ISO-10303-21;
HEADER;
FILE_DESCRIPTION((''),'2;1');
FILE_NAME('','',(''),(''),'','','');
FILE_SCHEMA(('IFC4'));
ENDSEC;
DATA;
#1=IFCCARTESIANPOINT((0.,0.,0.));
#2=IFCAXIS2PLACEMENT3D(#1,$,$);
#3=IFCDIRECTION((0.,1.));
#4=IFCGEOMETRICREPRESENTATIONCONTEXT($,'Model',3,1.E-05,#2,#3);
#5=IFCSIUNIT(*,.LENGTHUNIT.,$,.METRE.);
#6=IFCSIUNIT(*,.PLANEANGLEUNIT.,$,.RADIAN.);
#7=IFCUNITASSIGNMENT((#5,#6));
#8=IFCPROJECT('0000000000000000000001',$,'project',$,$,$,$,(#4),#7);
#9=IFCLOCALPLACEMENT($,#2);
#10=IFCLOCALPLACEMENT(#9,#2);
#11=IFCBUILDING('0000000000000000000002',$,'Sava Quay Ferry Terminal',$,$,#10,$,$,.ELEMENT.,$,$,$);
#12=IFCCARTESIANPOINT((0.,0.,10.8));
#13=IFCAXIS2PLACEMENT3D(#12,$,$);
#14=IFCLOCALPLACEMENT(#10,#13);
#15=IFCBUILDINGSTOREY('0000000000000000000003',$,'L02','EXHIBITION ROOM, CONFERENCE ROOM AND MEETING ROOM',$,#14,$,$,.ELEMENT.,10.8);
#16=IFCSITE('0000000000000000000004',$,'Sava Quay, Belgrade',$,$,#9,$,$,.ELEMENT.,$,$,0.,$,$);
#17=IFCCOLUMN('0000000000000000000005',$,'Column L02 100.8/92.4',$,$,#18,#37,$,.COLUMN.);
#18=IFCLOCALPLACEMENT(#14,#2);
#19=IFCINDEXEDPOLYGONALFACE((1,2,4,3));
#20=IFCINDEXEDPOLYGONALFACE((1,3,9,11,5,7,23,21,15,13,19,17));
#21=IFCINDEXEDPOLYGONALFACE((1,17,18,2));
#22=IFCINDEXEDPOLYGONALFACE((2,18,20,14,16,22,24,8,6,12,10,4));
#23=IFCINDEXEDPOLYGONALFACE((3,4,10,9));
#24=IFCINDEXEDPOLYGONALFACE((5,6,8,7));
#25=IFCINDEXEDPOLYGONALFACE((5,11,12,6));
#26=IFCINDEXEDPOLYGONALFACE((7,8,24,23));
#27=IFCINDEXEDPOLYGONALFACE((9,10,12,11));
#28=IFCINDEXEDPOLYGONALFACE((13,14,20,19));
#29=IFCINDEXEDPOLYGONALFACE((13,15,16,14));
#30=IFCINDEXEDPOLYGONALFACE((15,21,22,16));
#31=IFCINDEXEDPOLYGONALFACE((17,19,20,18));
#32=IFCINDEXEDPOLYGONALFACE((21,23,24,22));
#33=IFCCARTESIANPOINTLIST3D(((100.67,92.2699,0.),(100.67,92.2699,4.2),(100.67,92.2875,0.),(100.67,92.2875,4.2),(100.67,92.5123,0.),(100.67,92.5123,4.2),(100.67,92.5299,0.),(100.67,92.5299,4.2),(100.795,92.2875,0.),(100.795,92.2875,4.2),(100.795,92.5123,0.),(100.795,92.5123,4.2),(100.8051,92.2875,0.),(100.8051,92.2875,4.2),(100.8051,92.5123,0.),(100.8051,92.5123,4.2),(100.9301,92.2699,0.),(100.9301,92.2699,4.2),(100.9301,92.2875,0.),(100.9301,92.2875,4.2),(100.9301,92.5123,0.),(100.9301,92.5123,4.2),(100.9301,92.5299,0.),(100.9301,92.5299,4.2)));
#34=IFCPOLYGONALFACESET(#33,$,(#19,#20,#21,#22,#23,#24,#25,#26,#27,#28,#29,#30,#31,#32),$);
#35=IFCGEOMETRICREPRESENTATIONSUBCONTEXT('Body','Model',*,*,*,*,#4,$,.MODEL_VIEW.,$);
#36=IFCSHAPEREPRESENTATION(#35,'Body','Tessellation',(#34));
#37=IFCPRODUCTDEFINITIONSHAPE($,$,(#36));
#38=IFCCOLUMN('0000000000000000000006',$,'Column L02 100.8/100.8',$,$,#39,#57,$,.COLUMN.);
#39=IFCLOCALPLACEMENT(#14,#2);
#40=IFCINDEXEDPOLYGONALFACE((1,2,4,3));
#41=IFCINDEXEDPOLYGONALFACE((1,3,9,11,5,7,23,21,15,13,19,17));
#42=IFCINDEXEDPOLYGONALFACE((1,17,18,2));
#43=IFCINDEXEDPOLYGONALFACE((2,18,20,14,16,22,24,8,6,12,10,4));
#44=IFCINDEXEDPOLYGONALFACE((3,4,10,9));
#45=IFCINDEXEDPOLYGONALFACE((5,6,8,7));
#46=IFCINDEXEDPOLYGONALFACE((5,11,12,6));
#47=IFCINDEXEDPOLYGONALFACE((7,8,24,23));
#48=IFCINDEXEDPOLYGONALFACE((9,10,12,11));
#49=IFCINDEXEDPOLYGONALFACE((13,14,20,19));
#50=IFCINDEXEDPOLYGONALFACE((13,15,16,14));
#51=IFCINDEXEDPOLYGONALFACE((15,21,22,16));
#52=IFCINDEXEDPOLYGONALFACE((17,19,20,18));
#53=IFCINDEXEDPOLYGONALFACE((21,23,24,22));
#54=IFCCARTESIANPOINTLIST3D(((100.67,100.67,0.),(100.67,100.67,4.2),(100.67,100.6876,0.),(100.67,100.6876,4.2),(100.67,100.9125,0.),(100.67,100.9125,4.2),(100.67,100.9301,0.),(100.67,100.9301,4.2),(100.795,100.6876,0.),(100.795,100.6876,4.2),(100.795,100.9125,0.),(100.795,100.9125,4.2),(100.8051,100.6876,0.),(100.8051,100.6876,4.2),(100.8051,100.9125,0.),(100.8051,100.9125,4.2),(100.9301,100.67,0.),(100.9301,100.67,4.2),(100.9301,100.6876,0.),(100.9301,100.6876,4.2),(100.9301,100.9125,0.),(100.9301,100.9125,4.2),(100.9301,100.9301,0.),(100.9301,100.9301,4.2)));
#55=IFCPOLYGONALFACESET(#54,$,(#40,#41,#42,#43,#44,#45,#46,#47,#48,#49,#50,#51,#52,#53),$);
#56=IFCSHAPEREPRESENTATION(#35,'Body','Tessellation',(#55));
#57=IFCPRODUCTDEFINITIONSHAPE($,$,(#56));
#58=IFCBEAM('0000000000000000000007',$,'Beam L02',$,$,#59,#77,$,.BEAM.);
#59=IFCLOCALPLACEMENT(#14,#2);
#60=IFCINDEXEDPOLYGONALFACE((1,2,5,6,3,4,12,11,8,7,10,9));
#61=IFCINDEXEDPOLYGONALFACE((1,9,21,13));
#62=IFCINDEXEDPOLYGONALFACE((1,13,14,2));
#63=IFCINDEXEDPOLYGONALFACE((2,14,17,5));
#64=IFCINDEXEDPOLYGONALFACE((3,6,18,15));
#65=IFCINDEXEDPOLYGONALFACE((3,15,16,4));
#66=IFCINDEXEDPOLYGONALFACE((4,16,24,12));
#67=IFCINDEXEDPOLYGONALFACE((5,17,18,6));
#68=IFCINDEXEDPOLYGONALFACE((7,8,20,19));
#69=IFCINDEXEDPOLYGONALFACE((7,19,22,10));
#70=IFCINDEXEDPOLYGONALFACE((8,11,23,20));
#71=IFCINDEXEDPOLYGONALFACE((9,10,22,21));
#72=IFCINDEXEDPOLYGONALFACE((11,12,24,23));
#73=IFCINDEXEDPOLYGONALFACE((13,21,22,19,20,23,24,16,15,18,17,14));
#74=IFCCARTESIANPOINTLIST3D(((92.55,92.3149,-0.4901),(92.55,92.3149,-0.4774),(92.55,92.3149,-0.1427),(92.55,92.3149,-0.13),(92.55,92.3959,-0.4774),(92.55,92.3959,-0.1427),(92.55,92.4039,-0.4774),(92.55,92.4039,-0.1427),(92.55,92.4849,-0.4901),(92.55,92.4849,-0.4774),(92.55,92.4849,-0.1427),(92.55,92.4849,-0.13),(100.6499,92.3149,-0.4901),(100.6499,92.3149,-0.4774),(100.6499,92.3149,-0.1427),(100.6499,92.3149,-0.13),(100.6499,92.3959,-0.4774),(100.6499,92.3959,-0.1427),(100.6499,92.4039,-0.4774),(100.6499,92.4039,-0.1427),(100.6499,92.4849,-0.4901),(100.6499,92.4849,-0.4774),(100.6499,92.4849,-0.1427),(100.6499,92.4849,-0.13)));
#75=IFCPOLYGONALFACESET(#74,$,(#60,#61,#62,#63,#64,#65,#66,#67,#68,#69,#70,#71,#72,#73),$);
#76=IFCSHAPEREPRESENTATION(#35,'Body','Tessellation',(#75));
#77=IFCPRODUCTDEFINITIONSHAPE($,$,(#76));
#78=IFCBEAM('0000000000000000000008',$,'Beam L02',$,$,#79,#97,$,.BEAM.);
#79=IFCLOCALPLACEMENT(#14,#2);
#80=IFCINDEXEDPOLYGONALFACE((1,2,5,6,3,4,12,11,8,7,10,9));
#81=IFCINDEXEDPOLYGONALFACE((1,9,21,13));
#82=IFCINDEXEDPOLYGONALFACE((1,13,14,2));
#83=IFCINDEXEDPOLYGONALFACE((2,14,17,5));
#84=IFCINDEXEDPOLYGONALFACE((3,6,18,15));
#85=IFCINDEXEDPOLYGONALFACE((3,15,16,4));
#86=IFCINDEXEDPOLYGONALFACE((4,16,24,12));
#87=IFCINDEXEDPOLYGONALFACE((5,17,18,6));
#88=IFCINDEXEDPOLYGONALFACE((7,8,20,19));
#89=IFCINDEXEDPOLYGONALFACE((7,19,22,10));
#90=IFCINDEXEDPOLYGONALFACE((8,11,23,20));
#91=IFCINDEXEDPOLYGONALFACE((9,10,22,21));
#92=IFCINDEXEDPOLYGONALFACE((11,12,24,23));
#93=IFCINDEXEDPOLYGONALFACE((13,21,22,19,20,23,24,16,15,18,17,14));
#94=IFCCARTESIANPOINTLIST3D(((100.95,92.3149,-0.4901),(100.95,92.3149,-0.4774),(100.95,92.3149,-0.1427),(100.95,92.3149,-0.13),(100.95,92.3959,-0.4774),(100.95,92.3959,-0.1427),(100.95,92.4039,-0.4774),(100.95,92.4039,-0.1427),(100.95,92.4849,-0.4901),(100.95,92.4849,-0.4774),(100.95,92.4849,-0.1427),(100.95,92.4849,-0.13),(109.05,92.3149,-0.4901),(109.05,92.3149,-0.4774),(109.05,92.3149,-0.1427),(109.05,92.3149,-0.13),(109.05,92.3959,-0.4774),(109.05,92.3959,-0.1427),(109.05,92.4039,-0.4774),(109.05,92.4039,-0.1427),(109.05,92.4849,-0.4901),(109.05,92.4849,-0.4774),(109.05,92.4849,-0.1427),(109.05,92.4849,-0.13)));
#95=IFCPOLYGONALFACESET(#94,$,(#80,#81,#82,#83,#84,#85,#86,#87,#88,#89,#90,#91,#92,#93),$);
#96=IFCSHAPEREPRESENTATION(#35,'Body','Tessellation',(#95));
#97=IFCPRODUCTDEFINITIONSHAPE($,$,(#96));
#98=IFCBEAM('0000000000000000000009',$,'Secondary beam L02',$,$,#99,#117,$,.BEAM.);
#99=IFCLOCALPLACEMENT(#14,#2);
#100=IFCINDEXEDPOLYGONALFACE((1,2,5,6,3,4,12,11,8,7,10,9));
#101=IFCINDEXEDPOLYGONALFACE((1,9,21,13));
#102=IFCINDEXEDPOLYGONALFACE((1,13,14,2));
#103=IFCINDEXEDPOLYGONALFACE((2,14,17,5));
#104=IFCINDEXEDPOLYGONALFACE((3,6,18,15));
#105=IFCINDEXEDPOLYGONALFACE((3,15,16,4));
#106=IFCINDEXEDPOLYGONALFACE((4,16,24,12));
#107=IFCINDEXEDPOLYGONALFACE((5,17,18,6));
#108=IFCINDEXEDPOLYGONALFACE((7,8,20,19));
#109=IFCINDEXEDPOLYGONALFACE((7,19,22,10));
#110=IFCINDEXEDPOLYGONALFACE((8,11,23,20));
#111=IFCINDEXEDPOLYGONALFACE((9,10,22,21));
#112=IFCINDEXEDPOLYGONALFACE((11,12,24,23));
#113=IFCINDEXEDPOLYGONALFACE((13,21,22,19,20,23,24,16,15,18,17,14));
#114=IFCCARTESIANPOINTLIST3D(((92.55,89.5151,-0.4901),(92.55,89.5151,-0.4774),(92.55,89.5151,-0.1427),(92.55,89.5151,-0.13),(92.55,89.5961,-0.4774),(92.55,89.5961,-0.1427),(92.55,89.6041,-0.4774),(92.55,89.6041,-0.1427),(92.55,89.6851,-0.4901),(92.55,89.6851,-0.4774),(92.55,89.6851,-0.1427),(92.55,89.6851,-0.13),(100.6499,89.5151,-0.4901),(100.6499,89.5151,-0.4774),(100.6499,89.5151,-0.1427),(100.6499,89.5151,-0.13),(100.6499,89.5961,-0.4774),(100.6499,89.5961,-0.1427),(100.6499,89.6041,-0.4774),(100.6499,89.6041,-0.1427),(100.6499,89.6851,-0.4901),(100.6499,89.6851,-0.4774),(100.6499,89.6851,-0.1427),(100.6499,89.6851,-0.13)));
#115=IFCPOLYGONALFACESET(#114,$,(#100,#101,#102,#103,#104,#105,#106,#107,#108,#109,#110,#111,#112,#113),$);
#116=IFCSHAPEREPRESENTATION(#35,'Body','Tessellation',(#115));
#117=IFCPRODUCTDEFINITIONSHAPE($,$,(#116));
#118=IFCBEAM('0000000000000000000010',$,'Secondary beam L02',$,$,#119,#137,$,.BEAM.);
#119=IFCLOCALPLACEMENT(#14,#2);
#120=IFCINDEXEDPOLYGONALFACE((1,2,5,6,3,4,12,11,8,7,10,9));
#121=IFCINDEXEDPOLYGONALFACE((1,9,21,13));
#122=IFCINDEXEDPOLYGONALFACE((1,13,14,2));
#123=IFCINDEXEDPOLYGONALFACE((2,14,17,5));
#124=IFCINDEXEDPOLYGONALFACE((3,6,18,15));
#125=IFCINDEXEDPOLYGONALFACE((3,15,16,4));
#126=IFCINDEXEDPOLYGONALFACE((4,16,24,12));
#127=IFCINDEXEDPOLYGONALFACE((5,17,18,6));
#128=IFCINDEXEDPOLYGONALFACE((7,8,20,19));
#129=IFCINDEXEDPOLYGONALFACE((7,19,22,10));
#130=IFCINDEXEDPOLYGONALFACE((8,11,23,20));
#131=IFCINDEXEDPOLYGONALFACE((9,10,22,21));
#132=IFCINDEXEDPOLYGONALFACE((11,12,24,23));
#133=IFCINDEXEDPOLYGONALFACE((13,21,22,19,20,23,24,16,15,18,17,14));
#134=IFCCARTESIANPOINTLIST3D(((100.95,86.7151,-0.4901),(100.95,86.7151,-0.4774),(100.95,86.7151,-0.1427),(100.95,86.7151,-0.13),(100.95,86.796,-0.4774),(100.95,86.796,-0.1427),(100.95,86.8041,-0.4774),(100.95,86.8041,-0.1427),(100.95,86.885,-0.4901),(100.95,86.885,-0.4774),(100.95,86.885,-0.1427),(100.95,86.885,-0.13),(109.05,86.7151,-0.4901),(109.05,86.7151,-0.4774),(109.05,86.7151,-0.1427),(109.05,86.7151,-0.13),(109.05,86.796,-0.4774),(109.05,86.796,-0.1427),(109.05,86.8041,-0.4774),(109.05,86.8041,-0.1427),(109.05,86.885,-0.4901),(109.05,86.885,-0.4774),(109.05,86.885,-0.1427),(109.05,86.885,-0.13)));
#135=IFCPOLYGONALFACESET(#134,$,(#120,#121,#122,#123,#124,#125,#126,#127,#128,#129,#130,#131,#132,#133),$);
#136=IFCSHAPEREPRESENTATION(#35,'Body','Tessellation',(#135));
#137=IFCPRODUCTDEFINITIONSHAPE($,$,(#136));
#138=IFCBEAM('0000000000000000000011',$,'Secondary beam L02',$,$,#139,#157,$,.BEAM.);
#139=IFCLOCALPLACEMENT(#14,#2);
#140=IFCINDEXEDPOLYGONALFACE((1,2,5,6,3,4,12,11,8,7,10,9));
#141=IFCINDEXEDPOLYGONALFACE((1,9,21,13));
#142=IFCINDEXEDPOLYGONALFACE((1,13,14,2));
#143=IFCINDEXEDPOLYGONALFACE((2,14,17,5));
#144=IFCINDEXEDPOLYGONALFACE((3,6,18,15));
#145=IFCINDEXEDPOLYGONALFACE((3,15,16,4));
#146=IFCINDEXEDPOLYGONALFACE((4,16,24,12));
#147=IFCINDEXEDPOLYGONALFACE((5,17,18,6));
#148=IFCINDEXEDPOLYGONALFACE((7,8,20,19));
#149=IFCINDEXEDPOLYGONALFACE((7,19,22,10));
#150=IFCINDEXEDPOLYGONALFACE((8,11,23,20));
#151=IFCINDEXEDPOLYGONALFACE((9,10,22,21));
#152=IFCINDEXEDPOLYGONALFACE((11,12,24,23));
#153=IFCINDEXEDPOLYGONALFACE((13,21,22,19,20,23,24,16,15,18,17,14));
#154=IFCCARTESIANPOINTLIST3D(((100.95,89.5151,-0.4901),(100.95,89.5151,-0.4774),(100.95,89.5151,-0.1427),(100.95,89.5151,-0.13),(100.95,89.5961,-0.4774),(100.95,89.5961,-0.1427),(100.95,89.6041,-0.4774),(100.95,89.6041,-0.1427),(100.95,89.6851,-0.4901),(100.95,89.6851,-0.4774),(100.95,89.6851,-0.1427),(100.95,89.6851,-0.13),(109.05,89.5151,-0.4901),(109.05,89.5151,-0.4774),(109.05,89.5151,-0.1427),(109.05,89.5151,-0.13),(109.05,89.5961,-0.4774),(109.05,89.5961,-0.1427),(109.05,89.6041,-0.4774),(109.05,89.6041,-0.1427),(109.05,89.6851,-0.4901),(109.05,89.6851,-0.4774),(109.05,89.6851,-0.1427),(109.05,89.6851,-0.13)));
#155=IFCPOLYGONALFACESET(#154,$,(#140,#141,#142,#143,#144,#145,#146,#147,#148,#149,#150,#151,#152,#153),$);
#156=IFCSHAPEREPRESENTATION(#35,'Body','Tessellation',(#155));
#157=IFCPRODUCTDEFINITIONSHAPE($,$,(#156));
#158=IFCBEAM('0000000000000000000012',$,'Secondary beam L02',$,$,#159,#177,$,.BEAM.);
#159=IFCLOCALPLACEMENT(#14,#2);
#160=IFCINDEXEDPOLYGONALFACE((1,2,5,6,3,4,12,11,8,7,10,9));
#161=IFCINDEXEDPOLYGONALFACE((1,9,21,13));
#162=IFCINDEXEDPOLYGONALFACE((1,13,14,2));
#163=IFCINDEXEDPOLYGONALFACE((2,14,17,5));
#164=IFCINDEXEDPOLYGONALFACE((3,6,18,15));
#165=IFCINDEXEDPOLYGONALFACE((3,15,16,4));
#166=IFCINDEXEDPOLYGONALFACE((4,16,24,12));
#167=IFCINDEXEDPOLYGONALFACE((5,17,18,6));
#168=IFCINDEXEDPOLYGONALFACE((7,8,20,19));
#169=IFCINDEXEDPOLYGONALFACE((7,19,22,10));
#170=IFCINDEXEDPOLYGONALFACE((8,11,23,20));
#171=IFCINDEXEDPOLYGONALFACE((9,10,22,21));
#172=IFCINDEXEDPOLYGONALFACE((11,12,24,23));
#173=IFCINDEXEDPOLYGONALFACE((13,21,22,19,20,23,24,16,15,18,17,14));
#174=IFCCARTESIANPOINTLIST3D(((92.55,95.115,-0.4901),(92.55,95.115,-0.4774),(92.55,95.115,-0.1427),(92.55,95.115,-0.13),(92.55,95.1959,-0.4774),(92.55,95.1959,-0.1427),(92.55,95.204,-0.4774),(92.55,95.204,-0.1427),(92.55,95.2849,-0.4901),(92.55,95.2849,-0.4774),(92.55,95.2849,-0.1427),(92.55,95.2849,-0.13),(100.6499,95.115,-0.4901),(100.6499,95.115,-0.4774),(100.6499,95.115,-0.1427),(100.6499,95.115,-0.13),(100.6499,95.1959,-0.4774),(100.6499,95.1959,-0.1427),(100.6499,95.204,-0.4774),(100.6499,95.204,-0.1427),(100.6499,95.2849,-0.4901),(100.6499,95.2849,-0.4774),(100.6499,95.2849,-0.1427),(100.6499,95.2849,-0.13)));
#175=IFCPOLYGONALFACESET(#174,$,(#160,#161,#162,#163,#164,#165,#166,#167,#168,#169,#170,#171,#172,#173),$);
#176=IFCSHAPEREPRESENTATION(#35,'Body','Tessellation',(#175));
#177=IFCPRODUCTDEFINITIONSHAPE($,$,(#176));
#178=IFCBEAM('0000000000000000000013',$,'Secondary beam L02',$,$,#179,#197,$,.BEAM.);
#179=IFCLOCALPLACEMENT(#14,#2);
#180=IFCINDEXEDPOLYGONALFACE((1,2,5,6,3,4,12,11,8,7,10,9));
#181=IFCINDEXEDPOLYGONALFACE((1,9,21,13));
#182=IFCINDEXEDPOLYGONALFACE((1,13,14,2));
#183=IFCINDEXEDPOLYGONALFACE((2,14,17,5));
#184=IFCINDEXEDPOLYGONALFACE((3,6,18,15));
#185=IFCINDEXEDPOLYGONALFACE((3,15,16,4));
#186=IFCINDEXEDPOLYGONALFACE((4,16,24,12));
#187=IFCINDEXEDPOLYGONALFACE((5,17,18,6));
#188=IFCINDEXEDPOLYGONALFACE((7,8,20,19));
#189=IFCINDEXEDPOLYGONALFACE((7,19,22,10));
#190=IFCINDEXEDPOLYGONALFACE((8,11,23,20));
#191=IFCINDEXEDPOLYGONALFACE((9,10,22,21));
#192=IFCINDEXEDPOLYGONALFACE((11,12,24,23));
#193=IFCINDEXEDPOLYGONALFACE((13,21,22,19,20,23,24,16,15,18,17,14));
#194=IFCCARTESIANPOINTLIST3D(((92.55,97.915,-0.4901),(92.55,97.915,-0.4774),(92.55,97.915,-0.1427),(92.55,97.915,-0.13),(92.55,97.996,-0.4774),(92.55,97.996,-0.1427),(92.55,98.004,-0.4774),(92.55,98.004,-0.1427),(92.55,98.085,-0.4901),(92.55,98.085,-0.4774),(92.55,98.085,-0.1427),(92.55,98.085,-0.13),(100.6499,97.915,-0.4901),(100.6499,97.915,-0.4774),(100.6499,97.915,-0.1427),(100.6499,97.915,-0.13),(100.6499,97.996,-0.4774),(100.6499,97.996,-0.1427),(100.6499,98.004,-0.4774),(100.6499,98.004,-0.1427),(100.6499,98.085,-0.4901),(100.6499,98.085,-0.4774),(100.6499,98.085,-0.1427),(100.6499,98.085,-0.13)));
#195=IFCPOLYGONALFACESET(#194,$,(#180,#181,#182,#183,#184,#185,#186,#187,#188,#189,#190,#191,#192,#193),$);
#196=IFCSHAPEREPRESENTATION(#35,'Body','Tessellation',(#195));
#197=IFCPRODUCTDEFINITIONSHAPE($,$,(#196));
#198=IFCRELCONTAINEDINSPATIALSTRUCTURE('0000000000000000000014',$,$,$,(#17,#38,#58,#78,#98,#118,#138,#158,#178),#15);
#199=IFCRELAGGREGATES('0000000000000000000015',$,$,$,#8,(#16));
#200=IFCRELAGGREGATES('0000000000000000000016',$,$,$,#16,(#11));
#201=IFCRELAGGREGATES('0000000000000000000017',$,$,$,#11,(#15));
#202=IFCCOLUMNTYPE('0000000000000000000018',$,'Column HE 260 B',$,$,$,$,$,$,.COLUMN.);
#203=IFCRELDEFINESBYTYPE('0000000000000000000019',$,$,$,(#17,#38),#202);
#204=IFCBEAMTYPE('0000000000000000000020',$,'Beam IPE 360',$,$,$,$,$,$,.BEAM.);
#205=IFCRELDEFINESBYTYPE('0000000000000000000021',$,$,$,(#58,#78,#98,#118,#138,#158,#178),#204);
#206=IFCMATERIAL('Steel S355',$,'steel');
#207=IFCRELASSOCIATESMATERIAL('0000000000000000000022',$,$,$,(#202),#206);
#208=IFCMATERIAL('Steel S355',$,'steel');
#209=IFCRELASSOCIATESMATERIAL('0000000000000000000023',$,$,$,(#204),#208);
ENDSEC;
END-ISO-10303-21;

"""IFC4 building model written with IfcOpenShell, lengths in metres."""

from ifc_helpers import new_model, si_unit, direction, frame, origin, origin_2d, place, context, subcontext, project, spatial, i_section, extrude, material, material_profile, profile_set, type_object, element, save


model = new_model("IFC4")

# Units and contexts
model_context = context("Model", 3, precision=1e-05, world=origin(), true_north=direction((0.0, 1.0)))
body_context = subcontext(model_context, "Body", "Model", "MODEL_VIEW")
ifc_project = project(units=[si_unit("LENGTHUNIT", "METRE"), si_unit("PLANEANGLEUNIT", "RADIAN")], contexts=[model_context])

# Site, building, storey
site_placement = place(None, origin())
site = spatial("IfcSite", under=ifc_project, at=site_placement, Name="Sava Quay, Belgrade", CompositionType="ELEMENT", RefElevation=0.0)
building_placement = place(site_placement, origin())
building = spatial("IfcBuilding", under=site, at=building_placement, Name="Sava Quay Ferry Terminal", CompositionType="ELEMENT")
storey_placement = place(building_placement, frame((0.0, 0.0, 10.8)))
storey = spatial("IfcBuildingStorey", under=building, at=storey_placement, Name="L02", Description="EXHIBITION ROOM, CONFERENCE ROOM AND MEETING ROOM", CompositionType="ELEMENT", Elevation=10.8)

# Columns
ifc_material_1 = material(Name="Steel S355", Category="steel")
ifc_material_profile_1 = material_profile(ifc_material_1, i_section(OverallWidth=0.26, OverallDepth=0.26, WebThickness=0.01, FlangeThickness=0.0176, at=origin_2d()), Name="HE 260 B")
ifc_profile_set_1 = profile_set([ifc_material_profile_1], Name="Steel S355")
column_type = type_object("IfcColumnType", Name="Column HE 260 B", PredefinedType="COLUMN", material=ifc_profile_set_1)
for number, where, z_axis, x_axis, name in (
    (1, (100.8, 92.3999, 0.0), (0.0, 0.0, 1.0), (1.0, 0.0, 0.0), "Column L02 100.8/92.4"),
    (2, (100.8, 100.8, 0.0), (0.0, 0.0, 1.0), (1.0, 0.0, 0.0), "Column L02 100.8/100.8"),
):
    element("IfcColumn", number, at=place(storey_placement, frame(where, z_axis=z_axis, x_axis=x_axis)), inside=storey, type_object=column_type, Name=name, PredefinedType="COLUMN", context=body_context, shape_type="SweptSolid", body=[
        extrude(i_section(OverallWidth=0.26, OverallDepth=0.26, WebThickness=0.01, FlangeThickness=0.0176, at=origin_2d()), origin(), (0.0, 0.0, 1.0), 4.2),
    ])

# Beams
ifc_material_2 = material(Name="Steel S355", Category="steel")
ifc_material_profile_2 = material_profile(ifc_material_2, i_section(OverallWidth=0.1699, OverallDepth=0.3601, WebThickness=0.0081, FlangeThickness=0.0127, at=origin_2d()), Name="IPE 360")
ifc_profile_set_2 = profile_set([ifc_material_profile_2], Name="Steel S355")
beam_type_1 = type_object("IfcBeamType", Name="Beam IPE 360", PredefinedType="BEAM", material=ifc_profile_set_2)
beam_1_placement = place(storey_placement, frame((92.55, 92.3999, -0.3101), z_axis=(1.0, 0.0, 0.0), x_axis=(0.0, 1.0, 0.0)))
element("IfcBeam", 3, at=beam_1_placement, inside=storey, type_object=beam_type_1, Name="Beam L02", PredefinedType="BEAM", context=body_context, shape_type="SweptSolid", body=[
    extrude(i_section(OverallWidth=0.1699, OverallDepth=0.3601, WebThickness=0.0081, FlangeThickness=0.0127, at=origin_2d()), origin(), (0.0, 0.0, 1.0), 8.0999),
])
beam_2_placement = place(storey_placement, frame((100.95, 92.3999, -0.3101), z_axis=(1.0, 0.0, 0.0), x_axis=(0.0, 1.0, 0.0)))
element("IfcBeam", 4, at=beam_2_placement, inside=storey, type_object=beam_type_1, Name="Beam L02", PredefinedType="BEAM", context=body_context, shape_type="SweptSolid", body=[
    extrude(i_section(OverallWidth=0.1699, OverallDepth=0.3601, WebThickness=0.0081, FlangeThickness=0.0127, at=origin_2d()), origin(), (0.0, 0.0, 1.0), 8.1001),
])
beam_3_placement = place(storey_placement, frame((92.55, 89.6001, -0.3101), z_axis=(1.0, 0.0, 0.0), x_axis=(0.0, 1.0, 0.0)))
element("IfcBeam", 5, at=beam_3_placement, inside=storey, type_object=beam_type_1, Name="Secondary beam L02", PredefinedType="BEAM", context=body_context, shape_type="SweptSolid", body=[
    extrude(i_section(OverallWidth=0.1699, OverallDepth=0.3601, WebThickness=0.0081, FlangeThickness=0.0127, at=origin_2d()), origin(), (0.0, 0.0, 1.0), 8.0999),
])
for number, where, z_axis, x_axis, name in (
    (6, (100.95, 86.8, -0.3101), (1.0, 0.0, 0.0), (0.0, 1.0, 0.0), "Secondary beam L02"),
    (7, (100.95, 89.6001, -0.3101), (1.0, 0.0, 0.0), (0.0, 1.0, 0.0), "Secondary beam L02"),
):
    element("IfcBeam", number, at=place(storey_placement, frame(where, z_axis=z_axis, x_axis=x_axis)), inside=storey, type_object=beam_type_1, Name=name, PredefinedType="BEAM", context=body_context, shape_type="SweptSolid", body=[
        extrude(i_section(OverallWidth=0.1699, OverallDepth=0.3601, WebThickness=0.0081, FlangeThickness=0.0127, at=origin_2d()), origin(), (0.0, 0.0, 1.0), 8.1001),
    ])
for number, where, z_axis, x_axis, name in (
    (8, (92.55, 95.2, -0.3101), (1.0, 0.0, 0.0), (0.0, 1.0, 0.0), "Secondary beam L02"),
    (9, (92.55, 98.0, -0.3101), (1.0, 0.0, 0.0), (0.0, 1.0, 0.0), "Secondary beam L02"),
):
    element("IfcBeam", number, at=place(storey_placement, frame(where, z_axis=z_axis, x_axis=x_axis)), inside=storey, type_object=beam_type_1, Name=name, PredefinedType="BEAM", context=body_context, shape_type="SweptSolid", body=[
        extrude(i_section(OverallWidth=0.1699, OverallDepth=0.3601, WebThickness=0.0081, FlangeThickness=0.0127, at=origin_2d()), origin(), (0.0, 0.0, 1.0), 8.0999),
    ])

save(model, "model.ifc")
